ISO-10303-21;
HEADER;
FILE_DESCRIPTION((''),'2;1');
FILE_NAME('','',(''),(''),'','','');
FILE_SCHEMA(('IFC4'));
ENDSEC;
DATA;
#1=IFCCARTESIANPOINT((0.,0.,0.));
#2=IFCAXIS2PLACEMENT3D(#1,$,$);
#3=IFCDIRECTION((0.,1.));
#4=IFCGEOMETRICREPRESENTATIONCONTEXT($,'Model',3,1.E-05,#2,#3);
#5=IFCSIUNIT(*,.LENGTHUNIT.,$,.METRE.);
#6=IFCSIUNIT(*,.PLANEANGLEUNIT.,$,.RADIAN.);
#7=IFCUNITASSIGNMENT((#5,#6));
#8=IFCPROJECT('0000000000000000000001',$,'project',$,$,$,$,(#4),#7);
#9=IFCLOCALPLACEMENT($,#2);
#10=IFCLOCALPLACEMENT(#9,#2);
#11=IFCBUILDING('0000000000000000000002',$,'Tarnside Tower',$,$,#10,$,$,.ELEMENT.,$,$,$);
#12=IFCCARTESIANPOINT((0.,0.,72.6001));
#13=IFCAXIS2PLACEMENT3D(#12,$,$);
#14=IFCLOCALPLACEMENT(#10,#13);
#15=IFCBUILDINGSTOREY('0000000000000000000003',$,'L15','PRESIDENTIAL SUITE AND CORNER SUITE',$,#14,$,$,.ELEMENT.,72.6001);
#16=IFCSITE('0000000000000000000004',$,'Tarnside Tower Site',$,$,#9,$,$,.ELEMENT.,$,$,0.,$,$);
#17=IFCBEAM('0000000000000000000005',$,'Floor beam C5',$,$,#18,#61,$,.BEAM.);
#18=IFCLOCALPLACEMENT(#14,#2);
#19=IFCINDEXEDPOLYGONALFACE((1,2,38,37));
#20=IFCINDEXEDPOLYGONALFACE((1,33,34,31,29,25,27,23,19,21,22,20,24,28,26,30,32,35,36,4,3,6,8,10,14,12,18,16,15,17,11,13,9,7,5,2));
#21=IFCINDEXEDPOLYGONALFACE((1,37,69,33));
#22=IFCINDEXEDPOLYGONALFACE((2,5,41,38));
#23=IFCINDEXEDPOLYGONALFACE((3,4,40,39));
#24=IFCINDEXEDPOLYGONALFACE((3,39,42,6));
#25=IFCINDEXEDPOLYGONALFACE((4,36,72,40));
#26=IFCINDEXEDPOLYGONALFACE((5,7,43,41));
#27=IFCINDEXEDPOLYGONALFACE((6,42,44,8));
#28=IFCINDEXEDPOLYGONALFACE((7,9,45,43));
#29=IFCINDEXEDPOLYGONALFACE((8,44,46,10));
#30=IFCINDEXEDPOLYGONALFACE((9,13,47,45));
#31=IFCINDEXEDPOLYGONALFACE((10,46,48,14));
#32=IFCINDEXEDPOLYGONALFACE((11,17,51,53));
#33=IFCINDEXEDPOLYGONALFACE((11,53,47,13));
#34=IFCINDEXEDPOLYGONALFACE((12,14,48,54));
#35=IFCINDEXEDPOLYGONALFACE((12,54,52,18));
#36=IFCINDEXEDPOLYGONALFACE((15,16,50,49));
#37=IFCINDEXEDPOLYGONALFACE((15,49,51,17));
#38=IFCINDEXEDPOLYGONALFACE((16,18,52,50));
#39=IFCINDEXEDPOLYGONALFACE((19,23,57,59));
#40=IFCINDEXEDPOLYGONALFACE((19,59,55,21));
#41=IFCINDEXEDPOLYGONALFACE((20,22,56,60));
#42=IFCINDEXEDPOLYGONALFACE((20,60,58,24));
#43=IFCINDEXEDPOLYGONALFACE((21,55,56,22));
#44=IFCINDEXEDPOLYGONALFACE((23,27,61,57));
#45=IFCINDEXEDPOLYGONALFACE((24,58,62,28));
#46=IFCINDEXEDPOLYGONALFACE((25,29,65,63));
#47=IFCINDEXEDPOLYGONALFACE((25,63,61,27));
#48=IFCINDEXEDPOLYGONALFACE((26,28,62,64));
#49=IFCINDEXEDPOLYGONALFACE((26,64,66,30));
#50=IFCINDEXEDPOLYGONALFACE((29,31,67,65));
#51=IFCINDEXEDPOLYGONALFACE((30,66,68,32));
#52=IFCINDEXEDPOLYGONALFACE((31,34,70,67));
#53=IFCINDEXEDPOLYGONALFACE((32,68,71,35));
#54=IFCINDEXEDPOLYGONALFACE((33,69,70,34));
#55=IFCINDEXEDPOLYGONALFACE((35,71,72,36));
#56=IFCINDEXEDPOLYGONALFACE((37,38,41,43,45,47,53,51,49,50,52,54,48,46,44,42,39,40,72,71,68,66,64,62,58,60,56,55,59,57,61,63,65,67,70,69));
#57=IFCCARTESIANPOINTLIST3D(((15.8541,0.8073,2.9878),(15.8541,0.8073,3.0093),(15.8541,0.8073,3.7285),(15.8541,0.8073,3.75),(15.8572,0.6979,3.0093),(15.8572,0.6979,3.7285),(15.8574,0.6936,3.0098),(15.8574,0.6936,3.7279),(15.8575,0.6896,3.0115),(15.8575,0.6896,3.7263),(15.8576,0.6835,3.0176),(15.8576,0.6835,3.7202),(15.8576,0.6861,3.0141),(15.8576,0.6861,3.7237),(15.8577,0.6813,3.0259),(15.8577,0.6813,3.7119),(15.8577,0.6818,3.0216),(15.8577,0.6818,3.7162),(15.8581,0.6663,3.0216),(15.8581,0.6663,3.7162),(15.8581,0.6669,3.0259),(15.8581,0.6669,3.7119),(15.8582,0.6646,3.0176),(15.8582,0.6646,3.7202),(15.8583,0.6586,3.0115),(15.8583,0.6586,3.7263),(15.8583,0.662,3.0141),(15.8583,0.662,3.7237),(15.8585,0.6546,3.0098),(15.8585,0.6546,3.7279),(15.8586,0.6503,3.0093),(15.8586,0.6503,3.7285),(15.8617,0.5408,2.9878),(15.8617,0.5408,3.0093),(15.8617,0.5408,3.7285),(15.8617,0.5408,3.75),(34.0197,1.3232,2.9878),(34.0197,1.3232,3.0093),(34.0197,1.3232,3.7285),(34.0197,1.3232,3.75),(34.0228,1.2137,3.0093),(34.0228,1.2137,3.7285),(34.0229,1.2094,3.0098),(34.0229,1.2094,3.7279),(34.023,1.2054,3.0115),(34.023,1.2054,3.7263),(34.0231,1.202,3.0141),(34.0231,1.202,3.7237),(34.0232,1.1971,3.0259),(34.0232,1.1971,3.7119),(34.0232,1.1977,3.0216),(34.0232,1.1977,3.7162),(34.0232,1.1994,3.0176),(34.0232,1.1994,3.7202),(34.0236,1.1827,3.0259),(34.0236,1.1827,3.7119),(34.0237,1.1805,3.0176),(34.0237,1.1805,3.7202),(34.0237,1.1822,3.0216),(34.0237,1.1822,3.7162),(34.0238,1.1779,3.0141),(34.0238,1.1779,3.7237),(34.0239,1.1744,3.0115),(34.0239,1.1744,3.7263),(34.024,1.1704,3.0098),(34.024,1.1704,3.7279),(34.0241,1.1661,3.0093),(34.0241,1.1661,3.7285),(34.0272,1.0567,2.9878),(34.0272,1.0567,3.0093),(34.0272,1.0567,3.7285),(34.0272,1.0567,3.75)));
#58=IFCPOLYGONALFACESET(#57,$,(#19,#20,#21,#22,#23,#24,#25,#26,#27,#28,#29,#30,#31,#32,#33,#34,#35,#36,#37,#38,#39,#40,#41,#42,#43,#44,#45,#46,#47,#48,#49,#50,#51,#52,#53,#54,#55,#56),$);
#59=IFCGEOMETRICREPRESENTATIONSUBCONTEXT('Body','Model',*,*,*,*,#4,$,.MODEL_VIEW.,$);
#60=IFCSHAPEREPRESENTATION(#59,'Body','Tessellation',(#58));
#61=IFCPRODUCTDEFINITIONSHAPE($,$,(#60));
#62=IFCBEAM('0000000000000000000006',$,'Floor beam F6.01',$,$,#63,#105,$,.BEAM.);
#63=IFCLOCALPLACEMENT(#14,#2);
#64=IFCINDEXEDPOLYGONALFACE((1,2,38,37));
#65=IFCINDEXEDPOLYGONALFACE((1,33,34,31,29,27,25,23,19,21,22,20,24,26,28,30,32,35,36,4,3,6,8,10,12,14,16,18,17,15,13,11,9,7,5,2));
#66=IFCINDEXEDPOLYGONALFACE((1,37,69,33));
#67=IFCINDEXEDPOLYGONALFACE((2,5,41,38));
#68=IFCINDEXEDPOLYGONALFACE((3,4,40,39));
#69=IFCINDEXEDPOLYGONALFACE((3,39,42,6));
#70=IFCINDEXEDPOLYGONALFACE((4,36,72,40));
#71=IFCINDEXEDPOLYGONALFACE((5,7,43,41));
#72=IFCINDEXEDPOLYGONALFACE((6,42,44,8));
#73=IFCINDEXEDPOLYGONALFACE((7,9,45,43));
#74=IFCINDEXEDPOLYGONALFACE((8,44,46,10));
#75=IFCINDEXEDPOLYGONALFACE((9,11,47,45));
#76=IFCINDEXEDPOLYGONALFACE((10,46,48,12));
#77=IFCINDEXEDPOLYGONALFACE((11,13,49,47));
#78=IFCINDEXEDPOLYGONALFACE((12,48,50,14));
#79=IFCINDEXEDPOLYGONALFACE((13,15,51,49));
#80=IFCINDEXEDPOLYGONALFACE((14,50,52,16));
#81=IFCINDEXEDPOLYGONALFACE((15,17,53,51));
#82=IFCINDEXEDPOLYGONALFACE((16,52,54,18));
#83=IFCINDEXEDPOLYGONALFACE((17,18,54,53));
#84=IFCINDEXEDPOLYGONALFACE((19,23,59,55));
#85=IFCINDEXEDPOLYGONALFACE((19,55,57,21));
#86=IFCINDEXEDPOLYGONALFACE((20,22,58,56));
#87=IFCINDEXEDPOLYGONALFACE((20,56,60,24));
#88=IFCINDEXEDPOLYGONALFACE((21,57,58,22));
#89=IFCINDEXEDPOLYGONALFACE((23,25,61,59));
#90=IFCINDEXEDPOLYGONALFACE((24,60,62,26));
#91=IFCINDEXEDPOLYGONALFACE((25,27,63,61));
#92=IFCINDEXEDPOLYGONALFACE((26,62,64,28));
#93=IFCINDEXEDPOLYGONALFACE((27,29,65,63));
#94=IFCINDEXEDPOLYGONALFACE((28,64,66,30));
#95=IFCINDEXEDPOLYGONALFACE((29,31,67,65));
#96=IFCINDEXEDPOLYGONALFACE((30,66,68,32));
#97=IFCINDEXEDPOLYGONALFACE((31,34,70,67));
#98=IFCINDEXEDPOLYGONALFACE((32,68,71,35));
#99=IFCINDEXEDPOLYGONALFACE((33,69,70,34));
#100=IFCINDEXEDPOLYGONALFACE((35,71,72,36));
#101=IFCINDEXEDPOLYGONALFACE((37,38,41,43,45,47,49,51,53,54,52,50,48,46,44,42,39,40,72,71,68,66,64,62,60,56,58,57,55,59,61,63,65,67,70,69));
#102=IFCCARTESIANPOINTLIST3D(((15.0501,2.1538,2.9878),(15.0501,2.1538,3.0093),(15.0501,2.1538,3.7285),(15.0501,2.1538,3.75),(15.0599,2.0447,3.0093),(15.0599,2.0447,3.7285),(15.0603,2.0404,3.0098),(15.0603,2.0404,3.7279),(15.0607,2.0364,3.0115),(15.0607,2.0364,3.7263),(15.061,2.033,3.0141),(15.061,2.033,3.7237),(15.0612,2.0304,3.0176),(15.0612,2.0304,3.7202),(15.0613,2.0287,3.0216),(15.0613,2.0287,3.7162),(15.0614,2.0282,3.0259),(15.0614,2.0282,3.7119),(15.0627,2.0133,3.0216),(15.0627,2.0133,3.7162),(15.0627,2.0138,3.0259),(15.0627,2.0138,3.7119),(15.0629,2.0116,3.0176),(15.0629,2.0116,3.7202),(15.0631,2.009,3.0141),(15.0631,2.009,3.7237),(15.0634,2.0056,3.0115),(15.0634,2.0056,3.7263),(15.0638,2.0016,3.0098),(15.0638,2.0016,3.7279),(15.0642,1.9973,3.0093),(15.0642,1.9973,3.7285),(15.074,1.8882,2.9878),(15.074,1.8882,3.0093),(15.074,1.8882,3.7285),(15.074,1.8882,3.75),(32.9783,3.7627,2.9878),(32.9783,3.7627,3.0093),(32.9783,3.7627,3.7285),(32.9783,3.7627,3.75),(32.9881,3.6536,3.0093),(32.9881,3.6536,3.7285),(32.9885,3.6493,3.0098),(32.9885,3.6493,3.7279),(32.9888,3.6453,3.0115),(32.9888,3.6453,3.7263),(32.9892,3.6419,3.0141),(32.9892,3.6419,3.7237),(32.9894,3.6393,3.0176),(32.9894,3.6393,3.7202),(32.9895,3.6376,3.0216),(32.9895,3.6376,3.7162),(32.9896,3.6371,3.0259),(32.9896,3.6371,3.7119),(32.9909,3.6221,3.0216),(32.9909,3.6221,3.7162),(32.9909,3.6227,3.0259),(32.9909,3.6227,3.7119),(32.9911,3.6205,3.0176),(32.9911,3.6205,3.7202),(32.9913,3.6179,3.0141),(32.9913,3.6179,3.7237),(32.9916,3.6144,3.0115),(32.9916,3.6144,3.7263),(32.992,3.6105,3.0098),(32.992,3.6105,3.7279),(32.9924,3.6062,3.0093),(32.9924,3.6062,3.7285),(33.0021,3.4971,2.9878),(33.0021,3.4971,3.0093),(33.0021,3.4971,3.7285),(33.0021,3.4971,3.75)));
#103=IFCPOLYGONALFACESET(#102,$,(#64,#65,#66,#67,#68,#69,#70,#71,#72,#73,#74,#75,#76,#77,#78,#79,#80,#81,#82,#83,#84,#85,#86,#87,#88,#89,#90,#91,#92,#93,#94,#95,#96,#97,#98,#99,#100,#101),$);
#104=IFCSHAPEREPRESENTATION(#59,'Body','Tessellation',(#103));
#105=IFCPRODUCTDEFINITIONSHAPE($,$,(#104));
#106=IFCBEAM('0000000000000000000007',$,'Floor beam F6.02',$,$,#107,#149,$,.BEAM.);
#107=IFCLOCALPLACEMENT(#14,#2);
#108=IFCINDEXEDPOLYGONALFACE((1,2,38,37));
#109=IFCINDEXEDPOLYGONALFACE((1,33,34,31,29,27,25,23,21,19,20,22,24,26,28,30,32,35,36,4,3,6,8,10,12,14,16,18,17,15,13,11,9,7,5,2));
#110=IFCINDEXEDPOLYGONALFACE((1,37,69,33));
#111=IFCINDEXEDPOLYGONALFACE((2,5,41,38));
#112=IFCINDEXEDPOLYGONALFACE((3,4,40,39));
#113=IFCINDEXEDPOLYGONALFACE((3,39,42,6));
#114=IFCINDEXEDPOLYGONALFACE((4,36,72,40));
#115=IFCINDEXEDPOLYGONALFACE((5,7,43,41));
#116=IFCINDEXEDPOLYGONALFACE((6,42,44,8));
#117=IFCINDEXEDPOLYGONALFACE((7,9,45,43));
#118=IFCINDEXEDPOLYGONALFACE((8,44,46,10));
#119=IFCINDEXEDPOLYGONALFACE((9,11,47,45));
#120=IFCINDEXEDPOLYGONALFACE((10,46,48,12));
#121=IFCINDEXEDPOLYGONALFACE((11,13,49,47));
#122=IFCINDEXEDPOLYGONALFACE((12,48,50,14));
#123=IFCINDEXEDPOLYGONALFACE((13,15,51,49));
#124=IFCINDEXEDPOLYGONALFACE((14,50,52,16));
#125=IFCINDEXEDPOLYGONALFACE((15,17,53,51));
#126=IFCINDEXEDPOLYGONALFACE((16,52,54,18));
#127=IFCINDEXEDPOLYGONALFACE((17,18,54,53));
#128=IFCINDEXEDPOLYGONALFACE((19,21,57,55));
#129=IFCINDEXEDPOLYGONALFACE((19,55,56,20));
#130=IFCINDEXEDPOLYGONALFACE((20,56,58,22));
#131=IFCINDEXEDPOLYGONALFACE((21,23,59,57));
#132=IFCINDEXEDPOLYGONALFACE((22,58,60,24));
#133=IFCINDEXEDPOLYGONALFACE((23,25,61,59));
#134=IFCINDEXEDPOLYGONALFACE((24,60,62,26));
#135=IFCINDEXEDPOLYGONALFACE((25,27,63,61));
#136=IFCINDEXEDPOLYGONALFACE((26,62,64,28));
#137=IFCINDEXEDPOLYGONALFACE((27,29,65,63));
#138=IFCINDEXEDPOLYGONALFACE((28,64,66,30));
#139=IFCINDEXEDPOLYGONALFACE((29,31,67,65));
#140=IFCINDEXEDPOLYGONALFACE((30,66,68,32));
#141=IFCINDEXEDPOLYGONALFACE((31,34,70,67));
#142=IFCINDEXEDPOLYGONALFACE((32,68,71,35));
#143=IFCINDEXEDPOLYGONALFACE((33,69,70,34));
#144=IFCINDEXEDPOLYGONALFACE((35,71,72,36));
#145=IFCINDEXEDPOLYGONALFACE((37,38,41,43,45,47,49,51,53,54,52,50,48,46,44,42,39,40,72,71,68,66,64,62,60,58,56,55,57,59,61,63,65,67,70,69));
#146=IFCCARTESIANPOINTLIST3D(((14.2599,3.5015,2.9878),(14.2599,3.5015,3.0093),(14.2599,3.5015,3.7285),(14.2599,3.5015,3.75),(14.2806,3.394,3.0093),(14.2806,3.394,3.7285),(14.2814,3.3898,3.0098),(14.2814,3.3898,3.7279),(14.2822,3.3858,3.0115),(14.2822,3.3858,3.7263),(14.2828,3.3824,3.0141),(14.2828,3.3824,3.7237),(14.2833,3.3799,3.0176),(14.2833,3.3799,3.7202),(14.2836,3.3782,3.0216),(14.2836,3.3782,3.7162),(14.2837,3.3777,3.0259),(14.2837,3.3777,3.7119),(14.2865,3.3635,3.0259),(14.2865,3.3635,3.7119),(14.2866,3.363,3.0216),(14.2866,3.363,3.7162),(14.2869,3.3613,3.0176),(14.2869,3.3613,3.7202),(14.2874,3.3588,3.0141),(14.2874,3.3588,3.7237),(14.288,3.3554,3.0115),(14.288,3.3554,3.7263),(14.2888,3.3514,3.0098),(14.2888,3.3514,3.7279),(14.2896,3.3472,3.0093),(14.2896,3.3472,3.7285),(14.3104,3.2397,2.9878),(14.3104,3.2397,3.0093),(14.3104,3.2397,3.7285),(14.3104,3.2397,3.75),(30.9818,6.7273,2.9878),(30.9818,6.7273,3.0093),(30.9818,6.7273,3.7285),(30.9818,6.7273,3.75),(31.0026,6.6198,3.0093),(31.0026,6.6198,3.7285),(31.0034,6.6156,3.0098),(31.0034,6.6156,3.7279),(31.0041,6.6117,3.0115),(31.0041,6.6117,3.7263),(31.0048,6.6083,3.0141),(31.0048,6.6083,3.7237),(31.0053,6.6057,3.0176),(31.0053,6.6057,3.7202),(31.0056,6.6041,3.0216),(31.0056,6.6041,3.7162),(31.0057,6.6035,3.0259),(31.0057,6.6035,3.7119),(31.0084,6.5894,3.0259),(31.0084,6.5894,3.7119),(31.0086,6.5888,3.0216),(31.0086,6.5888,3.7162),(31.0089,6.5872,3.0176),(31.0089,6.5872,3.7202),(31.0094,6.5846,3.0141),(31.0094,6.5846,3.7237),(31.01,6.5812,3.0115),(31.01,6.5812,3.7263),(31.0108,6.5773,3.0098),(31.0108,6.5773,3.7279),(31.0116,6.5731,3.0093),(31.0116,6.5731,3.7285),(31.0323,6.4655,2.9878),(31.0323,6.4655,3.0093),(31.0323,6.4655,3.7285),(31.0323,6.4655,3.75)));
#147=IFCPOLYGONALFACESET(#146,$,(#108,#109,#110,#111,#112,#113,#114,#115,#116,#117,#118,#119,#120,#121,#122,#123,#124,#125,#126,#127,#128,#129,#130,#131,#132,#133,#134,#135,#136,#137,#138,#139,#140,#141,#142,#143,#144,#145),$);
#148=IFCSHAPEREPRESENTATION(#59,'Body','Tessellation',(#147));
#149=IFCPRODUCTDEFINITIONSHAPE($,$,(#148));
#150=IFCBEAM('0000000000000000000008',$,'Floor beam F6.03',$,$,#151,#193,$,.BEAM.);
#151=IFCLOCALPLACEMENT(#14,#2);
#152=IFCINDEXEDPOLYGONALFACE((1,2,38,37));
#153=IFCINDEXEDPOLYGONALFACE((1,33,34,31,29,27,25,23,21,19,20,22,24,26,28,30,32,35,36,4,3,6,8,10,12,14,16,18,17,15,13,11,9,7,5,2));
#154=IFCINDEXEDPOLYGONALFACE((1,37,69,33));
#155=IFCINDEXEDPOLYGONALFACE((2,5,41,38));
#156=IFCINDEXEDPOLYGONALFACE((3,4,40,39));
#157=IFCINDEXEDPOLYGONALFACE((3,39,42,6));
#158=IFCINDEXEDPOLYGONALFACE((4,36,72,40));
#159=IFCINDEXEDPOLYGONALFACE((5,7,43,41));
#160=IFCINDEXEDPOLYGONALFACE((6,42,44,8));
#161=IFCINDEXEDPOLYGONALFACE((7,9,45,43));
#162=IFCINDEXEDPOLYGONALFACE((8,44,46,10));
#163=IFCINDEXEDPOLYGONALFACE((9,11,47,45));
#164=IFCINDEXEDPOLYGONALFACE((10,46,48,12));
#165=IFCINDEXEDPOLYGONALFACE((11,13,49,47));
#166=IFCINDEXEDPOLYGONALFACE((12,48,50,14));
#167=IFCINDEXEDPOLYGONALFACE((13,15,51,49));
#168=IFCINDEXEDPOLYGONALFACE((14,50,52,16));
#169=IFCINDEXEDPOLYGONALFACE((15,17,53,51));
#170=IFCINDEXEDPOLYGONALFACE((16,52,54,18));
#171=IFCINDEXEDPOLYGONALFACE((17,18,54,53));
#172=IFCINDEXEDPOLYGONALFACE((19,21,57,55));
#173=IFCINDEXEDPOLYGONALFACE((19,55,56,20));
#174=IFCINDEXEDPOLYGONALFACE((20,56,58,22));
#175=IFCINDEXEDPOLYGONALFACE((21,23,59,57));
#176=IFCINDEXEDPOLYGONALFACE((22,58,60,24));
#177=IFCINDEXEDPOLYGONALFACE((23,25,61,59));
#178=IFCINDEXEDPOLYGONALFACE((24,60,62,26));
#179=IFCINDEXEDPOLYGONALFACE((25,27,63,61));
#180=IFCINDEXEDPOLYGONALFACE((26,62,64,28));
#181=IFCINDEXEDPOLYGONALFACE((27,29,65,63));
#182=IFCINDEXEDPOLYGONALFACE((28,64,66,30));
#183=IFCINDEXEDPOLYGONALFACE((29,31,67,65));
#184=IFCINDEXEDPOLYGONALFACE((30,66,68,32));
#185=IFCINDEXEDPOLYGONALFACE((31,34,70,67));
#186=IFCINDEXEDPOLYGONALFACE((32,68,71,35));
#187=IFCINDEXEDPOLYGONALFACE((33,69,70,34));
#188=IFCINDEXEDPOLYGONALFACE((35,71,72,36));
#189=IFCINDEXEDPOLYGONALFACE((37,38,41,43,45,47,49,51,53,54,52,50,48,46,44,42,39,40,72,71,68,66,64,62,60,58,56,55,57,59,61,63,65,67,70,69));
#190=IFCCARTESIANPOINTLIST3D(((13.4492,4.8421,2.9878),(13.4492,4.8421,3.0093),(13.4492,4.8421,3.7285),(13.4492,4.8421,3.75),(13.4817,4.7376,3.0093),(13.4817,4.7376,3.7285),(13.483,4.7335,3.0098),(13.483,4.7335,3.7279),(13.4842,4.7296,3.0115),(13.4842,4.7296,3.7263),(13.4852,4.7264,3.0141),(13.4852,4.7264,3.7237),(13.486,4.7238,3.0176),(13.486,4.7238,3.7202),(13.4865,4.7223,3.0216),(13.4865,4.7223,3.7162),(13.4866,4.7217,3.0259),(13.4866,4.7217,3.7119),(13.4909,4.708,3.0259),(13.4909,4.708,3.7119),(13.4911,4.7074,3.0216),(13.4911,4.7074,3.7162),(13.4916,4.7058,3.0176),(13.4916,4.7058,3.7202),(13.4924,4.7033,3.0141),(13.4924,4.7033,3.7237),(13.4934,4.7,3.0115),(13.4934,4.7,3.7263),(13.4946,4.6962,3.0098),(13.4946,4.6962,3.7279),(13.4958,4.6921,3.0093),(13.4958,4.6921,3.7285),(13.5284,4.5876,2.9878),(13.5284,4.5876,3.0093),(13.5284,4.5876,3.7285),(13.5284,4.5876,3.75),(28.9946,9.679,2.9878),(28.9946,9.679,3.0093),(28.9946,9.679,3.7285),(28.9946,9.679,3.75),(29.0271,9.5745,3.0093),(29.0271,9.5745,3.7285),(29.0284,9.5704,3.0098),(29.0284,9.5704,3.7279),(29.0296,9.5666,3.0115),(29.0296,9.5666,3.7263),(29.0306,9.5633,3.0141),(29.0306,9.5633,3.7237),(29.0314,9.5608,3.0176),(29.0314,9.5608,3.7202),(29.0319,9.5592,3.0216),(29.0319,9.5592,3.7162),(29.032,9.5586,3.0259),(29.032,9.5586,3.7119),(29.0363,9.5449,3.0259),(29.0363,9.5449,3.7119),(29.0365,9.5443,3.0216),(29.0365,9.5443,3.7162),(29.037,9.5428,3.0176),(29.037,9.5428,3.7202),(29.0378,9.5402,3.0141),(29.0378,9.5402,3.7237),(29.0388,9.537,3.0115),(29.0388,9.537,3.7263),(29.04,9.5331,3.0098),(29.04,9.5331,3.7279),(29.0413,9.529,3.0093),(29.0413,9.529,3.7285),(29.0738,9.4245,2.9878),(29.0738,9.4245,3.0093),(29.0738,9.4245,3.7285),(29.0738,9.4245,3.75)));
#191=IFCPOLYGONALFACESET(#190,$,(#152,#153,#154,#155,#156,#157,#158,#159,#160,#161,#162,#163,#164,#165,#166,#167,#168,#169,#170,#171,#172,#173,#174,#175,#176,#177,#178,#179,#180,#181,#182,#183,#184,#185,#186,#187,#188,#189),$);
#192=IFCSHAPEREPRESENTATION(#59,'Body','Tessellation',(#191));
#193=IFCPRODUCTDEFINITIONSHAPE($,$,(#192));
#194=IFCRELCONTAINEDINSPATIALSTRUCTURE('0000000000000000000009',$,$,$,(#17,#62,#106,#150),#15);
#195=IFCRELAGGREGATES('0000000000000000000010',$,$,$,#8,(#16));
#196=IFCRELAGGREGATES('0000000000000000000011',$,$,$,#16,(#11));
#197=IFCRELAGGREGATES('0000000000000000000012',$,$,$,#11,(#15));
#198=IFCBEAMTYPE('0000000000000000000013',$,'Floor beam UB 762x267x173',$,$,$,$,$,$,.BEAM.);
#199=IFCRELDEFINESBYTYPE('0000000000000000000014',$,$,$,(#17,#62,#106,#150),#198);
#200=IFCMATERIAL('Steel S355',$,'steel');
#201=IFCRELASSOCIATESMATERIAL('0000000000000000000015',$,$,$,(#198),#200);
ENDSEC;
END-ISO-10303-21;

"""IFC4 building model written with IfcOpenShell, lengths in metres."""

from ifc_helpers import new_model, si_unit, direction, frame, origin, origin_2d, place, context, subcontext, project, spatial, i_section, extrude, material, material_profile, profile_set, type_object, element, save


model = new_model("IFC4")

# Units and contexts
model_context = context("Model", 3, precision=1e-05, world=origin(), true_north=direction((0.0, 1.0)))
body_context = subcontext(model_context, "Body", "Model", "MODEL_VIEW")
ifc_project = project(units=[si_unit("LENGTHUNIT", "METRE"), si_unit("PLANEANGLEUNIT", "RADIAN")], contexts=[model_context])

# Site, building, storey
site_placement = place(None, origin())
site = spatial("IfcSite", under=ifc_project, at=site_placement, Name="Tarnside Tower Site", CompositionType="ELEMENT", RefElevation=0.0)
building_placement = place(site_placement, origin())
building = spatial("IfcBuilding", under=site, at=building_placement, Name="Tarnside Tower", CompositionType="ELEMENT")
storey_placement = place(building_placement, frame((0.0, 0.0, 72.6001)))
storey = spatial("IfcBuildingStorey", under=building, at=storey_placement, Name="L15", Description="PRESIDENTIAL SUITE AND CORNER SUITE", CompositionType="ELEMENT", Elevation=72.6001)

# Beams
ifc_material_1 = material(Name="Steel S355", Category="steel")
ifc_material_profile = material_profile(ifc_material_1, i_section(OverallWidth=0.2666, OverallDepth=0.7622, WebThickness=0.0144, FlangeThickness=0.0215, FilletRadius=0.0166, at=origin_2d()), Name="UB 762x267x173")
ifc_profile_set = profile_set([ifc_material_profile], Name="Steel S355")
beam_type = type_object("IfcBeamType", Name="Floor beam UB 762x267x173", PredefinedType="BEAM", material=ifc_profile_set)
beam_1_placement = place(storey_placement, frame((34.0234, 1.1899, 3.3689), z_axis=(-0.999597, -0.028387, 0.0), x_axis=(0.028387, -0.999597, 0.0)))
element("IfcBeam", 1, at=beam_1_placement, inside=storey, type_object=beam_type, Name="Floor beam C5", PredefinedType="BEAM", context=body_context, shape_type="SweptSolid", body=[
    extrude(i_section(OverallWidth=0.2666, OverallDepth=0.7622, WebThickness=0.0144, FlangeThickness=0.0215, FilletRadius=0.0166, at=origin_2d()), origin(), (0.0, 0.0, 1.0), 18.1729),
])
beam_2_placement = place(storey_placement, frame((32.9902, 3.6299, 3.3689), z_axis=(-0.995997, -0.089381, 0.0), x_axis=(0.089381, -0.995997, 0.0)))
element("IfcBeam", 2, at=beam_2_placement, inside=storey, type_object=beam_type, Name="Floor beam F6.01", PredefinedType="BEAM", context=body_context, shape_type="SweptSolid", body=[
    extrude(i_section(OverallWidth=0.2666, OverallDepth=0.7622, WebThickness=0.0144, FlangeThickness=0.0215, FilletRadius=0.0166, at=origin_2d()), origin(), (0.0, 0.0, 1.0), 18.0002),
])
beam_3_placement = place(storey_placement, frame((31.0071, 6.5964, 3.3689), z_axis=(-0.981897, -0.189418, 0.0), x_axis=(0.189418, -0.981897, 0.0)))
element("IfcBeam", 3, at=beam_3_placement, inside=storey, type_object=beam_type, Name="Floor beam F6.02", PredefinedType="BEAM", context=body_context, shape_type="SweptSolid", body=[
    extrude(i_section(OverallWidth=0.2666, OverallDepth=0.7622, WebThickness=0.0144, FlangeThickness=0.0215, FilletRadius=0.0166, at=origin_2d()), origin(), (0.0, 0.0, 1.0), 17.0303),
])
beam_4_placement = place(storey_placement, frame((29.0342, 9.5518, 3.3689), z_axis=(-0.954847, -0.297098, 0.0), x_axis=(0.297098, -0.954847, 0.0)))
element("IfcBeam", 4, at=beam_4_placement, inside=storey, type_object=beam_type, Name="Floor beam F6.03", PredefinedType="BEAM", context=body_context, shape_type="SweptSolid", body=[
    extrude(i_section(OverallWidth=0.2666, OverallDepth=0.7622, WebThickness=0.0144, FlangeThickness=0.0215, FilletRadius=0.0166, at=origin_2d()), origin(), (0.0, 0.0, 1.0), 16.2805),
])

save(model, "model.ifc")
